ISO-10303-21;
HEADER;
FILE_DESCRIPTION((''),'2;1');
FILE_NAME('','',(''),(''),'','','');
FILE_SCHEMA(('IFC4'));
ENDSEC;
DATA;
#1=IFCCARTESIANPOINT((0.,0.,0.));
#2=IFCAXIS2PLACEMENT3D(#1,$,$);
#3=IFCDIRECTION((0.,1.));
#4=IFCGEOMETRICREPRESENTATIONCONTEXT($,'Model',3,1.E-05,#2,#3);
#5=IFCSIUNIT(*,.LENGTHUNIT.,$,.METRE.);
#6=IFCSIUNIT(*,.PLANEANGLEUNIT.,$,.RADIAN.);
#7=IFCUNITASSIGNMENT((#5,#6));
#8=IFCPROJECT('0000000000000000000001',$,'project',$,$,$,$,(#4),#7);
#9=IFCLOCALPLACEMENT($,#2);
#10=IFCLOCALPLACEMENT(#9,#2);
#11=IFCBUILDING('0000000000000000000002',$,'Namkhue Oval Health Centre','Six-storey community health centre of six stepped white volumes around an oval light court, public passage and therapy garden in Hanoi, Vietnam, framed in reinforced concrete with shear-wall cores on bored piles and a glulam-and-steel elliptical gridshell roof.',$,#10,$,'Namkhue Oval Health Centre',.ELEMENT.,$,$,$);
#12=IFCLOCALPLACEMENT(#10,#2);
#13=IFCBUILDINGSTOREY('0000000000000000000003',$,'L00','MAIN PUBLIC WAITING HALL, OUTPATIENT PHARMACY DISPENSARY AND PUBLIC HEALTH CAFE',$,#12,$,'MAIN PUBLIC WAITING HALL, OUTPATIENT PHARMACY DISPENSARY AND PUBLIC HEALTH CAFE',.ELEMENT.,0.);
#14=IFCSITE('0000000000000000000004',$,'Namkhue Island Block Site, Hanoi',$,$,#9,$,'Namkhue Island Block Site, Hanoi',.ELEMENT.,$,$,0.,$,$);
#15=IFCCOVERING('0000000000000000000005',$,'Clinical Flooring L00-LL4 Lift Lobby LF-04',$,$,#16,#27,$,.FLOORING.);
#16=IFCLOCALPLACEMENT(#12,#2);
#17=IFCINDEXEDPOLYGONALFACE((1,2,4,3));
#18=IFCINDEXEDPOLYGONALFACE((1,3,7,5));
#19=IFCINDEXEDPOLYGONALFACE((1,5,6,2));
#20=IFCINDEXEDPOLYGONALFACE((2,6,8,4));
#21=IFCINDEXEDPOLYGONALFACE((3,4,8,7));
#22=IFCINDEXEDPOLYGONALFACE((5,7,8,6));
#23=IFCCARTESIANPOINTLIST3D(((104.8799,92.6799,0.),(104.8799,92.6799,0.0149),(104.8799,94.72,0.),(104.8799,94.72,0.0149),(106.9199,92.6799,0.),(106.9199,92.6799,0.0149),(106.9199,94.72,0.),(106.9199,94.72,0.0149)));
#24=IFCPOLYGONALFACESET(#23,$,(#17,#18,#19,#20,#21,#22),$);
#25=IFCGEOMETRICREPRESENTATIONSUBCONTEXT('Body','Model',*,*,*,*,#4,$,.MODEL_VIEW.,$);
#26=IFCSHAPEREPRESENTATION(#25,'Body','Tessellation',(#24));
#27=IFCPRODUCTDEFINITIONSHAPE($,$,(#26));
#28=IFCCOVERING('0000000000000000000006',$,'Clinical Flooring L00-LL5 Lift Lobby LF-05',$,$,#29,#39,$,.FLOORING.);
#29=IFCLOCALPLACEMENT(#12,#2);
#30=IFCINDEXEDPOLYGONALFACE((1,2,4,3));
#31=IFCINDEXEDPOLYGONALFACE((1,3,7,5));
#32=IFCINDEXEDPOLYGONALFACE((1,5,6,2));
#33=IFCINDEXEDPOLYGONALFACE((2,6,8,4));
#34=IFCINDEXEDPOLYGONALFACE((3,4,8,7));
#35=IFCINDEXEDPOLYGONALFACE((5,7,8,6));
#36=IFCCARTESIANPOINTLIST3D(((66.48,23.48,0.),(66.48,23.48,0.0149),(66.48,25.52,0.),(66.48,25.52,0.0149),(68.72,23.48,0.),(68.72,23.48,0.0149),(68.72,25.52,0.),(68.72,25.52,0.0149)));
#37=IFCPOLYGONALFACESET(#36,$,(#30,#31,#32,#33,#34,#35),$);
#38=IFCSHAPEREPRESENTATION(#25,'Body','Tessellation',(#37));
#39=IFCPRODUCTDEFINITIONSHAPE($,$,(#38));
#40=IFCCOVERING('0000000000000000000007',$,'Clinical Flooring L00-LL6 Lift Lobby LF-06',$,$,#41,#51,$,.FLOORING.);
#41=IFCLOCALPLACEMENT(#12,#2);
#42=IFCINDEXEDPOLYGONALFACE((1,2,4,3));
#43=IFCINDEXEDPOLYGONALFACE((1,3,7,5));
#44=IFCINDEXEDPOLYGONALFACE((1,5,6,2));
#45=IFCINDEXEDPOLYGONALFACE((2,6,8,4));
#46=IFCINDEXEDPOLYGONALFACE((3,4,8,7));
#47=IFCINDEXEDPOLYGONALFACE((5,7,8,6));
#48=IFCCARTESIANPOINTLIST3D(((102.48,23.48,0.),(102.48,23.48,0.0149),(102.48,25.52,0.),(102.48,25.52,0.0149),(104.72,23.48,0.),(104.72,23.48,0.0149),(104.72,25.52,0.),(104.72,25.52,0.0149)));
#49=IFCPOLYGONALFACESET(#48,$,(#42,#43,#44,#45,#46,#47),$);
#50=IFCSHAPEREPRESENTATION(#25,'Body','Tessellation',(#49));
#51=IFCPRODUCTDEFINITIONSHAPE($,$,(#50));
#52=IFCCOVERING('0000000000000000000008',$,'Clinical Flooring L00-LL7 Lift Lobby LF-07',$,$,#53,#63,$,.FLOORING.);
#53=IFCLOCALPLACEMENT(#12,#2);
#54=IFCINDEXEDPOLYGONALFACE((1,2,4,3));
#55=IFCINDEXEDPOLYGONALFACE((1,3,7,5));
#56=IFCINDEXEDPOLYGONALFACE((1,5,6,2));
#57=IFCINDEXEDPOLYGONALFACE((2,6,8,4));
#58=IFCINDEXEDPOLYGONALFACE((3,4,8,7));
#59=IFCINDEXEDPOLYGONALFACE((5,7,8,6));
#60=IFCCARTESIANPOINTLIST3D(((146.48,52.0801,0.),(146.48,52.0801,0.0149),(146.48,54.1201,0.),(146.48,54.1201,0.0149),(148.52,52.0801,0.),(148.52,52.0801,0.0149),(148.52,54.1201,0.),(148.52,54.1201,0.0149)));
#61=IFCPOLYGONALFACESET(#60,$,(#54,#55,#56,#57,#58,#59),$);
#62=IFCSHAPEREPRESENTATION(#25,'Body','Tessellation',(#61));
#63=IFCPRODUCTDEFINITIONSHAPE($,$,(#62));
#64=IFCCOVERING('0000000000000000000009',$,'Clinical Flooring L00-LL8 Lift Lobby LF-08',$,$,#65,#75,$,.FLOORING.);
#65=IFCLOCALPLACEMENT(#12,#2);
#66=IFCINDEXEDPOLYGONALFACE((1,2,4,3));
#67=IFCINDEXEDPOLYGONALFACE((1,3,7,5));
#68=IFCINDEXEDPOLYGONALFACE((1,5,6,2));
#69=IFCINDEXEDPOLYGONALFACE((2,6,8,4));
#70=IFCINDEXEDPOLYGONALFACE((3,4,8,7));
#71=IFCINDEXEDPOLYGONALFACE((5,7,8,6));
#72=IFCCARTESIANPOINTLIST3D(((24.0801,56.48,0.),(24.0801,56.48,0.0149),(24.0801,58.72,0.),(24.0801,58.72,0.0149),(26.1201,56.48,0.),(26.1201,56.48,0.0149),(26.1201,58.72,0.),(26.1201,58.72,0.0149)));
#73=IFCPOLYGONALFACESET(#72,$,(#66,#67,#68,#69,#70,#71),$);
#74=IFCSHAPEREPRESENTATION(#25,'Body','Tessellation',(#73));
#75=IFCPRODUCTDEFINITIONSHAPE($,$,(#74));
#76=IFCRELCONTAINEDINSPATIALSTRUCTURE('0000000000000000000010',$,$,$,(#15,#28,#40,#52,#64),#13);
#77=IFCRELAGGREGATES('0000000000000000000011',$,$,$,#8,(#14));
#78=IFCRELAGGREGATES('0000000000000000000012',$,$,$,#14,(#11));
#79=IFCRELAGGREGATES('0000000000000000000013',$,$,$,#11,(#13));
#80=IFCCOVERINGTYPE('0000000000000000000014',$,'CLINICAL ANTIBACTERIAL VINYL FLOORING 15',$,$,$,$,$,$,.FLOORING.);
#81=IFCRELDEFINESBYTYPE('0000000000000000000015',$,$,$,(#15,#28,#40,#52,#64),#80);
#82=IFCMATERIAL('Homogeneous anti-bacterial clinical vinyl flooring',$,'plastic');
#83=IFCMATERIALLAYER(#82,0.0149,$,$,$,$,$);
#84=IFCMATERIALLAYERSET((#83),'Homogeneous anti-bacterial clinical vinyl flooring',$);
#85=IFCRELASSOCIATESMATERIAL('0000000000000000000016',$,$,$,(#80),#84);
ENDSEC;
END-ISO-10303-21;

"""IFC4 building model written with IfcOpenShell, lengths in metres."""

from ifc_helpers import new_model, si_unit, direction, origin, place, context, subcontext, project, spatial, polyline, outline, extrude, material, layer, layer_set, type_object, element, save


model = new_model("IFC4")

# Units and contexts
model_context = context("Model", 3, precision=1e-05, world=origin(), true_north=direction((0.0, 1.0)))
body_context = subcontext(model_context, "Body", "Model", "MODEL_VIEW")
ifc_project = project(units=[si_unit("LENGTHUNIT", "METRE"), si_unit("PLANEANGLEUNIT", "RADIAN")], contexts=[model_context])

# Site, building, storey
site_placement = place(None, origin())
site = spatial("IfcSite", under=ifc_project, at=site_placement, Name="Namkhue Island Block Site, Hanoi", LongName="Namkhue Island Block Site, Hanoi", CompositionType="ELEMENT", RefElevation=0.0)
building_placement = place(site_placement, origin())
building = spatial("IfcBuilding", under=site, at=building_placement, Name="Namkhue Oval Health Centre", Description="Six-storey community health centre of six stepped white volumes around an oval light court, public passage and therapy garden in Hanoi, Vietnam, framed in reinforced concrete with shear-wall cores on bored piles and a glulam-and-steel elliptical gridshell roof.", LongName="Namkhue Oval Health Centre", CompositionType="ELEMENT")
storey_placement = place(building_placement, origin())
storey = spatial("IfcBuildingStorey", under=building, at=storey_placement, Name="L00", Description="MAIN PUBLIC WAITING HALL, OUTPATIENT PHARMACY DISPENSARY AND PUBLIC HEALTH CAFE", LongName="MAIN PUBLIC WAITING HALL, OUTPATIENT PHARMACY DISPENSARY AND PUBLIC HEALTH CAFE", CompositionType="ELEMENT", Elevation=0.0)

# Coverings
ifc_material_1 = material(Name="Homogeneous anti-bacterial clinical vinyl flooring", Category="plastic")
ifc_layer_1 = layer(ifc_material_1, 0.0149)
ifc_layer_set_1 = layer_set([ifc_layer_1], Name="Homogeneous anti-bacterial clinical vinyl flooring")
covering_type = type_object("IfcCoveringType", Name="CLINICAL ANTIBACTERIAL VINYL FLOORING 15", PredefinedType="FLOORING", material=ifc_layer_set_1)
covering_1_placement = place(storey_placement, origin())
element("IfcCovering", 1, at=covering_1_placement, inside=storey, type_object=covering_type, Name="Clinical Flooring L00-LL4 Lift Lobby LF-04", PredefinedType="FLOORING", context=body_context, shape_type="SweptSolid", body=[
    extrude(outline(polyline([(104.8799, 92.6799), (104.8799, 94.72), (106.9199, 94.72), (106.9199, 92.6799), (104.8799, 92.6799)])), origin(), (0.0, 0.0, 1.0), 0.0149),
])
covering_2_placement = place(storey_placement, origin())
element("IfcCovering", 2, at=covering_2_placement, inside=storey, type_object=covering_type, Name="Clinical Flooring L00-LL5 Lift Lobby LF-05", PredefinedType="FLOORING", context=body_context, shape_type="SweptSolid", body=[
    extrude(outline(polyline([(66.48, 23.48), (66.48, 25.52), (68.72, 25.52), (68.72, 23.48), (66.48, 23.48)])), origin(), (0.0, 0.0, 1.0), 0.0149),
])
covering_3_placement = place(storey_placement, origin())
element("IfcCovering", 3, at=covering_3_placement, inside=storey, type_object=covering_type, Name="Clinical Flooring L00-LL6 Lift Lobby LF-06", PredefinedType="FLOORING", context=body_context, shape_type="SweptSolid", body=[
    extrude(outline(polyline([(102.48, 23.48), (102.48, 25.52), (104.72, 25.52), (104.72, 23.48), (102.48, 23.48)])), origin(), (0.0, 0.0, 1.0), 0.0149),
])
covering_4_placement = place(storey_placement, origin())
element("IfcCovering", 4, at=covering_4_placement, inside=storey, type_object=covering_type, Name="Clinical Flooring L00-LL7 Lift Lobby LF-07", PredefinedType="FLOORING", context=body_context, shape_type="SweptSolid", body=[
    extrude(outline(polyline([(146.48, 52.0801), (146.48, 54.1201), (148.52, 54.1201), (148.52, 52.0801), (146.48, 52.0801)])), origin(), (0.0, 0.0, 1.0), 0.0149),
])
covering_5_placement = place(storey_placement, origin())
element("IfcCovering", 5, at=covering_5_placement, inside=storey, type_object=covering_type, Name="Clinical Flooring L00-LL8 Lift Lobby LF-08", PredefinedType="FLOORING", context=body_context, shape_type="SweptSolid", body=[
    extrude(outline(polyline([(24.0801, 56.48), (24.0801, 58.72), (26.1201, 58.72), (26.1201, 56.48), (24.0801, 56.48)])), origin(), (0.0, 0.0, 1.0), 0.0149),
])

save(model, "model.ifc")
